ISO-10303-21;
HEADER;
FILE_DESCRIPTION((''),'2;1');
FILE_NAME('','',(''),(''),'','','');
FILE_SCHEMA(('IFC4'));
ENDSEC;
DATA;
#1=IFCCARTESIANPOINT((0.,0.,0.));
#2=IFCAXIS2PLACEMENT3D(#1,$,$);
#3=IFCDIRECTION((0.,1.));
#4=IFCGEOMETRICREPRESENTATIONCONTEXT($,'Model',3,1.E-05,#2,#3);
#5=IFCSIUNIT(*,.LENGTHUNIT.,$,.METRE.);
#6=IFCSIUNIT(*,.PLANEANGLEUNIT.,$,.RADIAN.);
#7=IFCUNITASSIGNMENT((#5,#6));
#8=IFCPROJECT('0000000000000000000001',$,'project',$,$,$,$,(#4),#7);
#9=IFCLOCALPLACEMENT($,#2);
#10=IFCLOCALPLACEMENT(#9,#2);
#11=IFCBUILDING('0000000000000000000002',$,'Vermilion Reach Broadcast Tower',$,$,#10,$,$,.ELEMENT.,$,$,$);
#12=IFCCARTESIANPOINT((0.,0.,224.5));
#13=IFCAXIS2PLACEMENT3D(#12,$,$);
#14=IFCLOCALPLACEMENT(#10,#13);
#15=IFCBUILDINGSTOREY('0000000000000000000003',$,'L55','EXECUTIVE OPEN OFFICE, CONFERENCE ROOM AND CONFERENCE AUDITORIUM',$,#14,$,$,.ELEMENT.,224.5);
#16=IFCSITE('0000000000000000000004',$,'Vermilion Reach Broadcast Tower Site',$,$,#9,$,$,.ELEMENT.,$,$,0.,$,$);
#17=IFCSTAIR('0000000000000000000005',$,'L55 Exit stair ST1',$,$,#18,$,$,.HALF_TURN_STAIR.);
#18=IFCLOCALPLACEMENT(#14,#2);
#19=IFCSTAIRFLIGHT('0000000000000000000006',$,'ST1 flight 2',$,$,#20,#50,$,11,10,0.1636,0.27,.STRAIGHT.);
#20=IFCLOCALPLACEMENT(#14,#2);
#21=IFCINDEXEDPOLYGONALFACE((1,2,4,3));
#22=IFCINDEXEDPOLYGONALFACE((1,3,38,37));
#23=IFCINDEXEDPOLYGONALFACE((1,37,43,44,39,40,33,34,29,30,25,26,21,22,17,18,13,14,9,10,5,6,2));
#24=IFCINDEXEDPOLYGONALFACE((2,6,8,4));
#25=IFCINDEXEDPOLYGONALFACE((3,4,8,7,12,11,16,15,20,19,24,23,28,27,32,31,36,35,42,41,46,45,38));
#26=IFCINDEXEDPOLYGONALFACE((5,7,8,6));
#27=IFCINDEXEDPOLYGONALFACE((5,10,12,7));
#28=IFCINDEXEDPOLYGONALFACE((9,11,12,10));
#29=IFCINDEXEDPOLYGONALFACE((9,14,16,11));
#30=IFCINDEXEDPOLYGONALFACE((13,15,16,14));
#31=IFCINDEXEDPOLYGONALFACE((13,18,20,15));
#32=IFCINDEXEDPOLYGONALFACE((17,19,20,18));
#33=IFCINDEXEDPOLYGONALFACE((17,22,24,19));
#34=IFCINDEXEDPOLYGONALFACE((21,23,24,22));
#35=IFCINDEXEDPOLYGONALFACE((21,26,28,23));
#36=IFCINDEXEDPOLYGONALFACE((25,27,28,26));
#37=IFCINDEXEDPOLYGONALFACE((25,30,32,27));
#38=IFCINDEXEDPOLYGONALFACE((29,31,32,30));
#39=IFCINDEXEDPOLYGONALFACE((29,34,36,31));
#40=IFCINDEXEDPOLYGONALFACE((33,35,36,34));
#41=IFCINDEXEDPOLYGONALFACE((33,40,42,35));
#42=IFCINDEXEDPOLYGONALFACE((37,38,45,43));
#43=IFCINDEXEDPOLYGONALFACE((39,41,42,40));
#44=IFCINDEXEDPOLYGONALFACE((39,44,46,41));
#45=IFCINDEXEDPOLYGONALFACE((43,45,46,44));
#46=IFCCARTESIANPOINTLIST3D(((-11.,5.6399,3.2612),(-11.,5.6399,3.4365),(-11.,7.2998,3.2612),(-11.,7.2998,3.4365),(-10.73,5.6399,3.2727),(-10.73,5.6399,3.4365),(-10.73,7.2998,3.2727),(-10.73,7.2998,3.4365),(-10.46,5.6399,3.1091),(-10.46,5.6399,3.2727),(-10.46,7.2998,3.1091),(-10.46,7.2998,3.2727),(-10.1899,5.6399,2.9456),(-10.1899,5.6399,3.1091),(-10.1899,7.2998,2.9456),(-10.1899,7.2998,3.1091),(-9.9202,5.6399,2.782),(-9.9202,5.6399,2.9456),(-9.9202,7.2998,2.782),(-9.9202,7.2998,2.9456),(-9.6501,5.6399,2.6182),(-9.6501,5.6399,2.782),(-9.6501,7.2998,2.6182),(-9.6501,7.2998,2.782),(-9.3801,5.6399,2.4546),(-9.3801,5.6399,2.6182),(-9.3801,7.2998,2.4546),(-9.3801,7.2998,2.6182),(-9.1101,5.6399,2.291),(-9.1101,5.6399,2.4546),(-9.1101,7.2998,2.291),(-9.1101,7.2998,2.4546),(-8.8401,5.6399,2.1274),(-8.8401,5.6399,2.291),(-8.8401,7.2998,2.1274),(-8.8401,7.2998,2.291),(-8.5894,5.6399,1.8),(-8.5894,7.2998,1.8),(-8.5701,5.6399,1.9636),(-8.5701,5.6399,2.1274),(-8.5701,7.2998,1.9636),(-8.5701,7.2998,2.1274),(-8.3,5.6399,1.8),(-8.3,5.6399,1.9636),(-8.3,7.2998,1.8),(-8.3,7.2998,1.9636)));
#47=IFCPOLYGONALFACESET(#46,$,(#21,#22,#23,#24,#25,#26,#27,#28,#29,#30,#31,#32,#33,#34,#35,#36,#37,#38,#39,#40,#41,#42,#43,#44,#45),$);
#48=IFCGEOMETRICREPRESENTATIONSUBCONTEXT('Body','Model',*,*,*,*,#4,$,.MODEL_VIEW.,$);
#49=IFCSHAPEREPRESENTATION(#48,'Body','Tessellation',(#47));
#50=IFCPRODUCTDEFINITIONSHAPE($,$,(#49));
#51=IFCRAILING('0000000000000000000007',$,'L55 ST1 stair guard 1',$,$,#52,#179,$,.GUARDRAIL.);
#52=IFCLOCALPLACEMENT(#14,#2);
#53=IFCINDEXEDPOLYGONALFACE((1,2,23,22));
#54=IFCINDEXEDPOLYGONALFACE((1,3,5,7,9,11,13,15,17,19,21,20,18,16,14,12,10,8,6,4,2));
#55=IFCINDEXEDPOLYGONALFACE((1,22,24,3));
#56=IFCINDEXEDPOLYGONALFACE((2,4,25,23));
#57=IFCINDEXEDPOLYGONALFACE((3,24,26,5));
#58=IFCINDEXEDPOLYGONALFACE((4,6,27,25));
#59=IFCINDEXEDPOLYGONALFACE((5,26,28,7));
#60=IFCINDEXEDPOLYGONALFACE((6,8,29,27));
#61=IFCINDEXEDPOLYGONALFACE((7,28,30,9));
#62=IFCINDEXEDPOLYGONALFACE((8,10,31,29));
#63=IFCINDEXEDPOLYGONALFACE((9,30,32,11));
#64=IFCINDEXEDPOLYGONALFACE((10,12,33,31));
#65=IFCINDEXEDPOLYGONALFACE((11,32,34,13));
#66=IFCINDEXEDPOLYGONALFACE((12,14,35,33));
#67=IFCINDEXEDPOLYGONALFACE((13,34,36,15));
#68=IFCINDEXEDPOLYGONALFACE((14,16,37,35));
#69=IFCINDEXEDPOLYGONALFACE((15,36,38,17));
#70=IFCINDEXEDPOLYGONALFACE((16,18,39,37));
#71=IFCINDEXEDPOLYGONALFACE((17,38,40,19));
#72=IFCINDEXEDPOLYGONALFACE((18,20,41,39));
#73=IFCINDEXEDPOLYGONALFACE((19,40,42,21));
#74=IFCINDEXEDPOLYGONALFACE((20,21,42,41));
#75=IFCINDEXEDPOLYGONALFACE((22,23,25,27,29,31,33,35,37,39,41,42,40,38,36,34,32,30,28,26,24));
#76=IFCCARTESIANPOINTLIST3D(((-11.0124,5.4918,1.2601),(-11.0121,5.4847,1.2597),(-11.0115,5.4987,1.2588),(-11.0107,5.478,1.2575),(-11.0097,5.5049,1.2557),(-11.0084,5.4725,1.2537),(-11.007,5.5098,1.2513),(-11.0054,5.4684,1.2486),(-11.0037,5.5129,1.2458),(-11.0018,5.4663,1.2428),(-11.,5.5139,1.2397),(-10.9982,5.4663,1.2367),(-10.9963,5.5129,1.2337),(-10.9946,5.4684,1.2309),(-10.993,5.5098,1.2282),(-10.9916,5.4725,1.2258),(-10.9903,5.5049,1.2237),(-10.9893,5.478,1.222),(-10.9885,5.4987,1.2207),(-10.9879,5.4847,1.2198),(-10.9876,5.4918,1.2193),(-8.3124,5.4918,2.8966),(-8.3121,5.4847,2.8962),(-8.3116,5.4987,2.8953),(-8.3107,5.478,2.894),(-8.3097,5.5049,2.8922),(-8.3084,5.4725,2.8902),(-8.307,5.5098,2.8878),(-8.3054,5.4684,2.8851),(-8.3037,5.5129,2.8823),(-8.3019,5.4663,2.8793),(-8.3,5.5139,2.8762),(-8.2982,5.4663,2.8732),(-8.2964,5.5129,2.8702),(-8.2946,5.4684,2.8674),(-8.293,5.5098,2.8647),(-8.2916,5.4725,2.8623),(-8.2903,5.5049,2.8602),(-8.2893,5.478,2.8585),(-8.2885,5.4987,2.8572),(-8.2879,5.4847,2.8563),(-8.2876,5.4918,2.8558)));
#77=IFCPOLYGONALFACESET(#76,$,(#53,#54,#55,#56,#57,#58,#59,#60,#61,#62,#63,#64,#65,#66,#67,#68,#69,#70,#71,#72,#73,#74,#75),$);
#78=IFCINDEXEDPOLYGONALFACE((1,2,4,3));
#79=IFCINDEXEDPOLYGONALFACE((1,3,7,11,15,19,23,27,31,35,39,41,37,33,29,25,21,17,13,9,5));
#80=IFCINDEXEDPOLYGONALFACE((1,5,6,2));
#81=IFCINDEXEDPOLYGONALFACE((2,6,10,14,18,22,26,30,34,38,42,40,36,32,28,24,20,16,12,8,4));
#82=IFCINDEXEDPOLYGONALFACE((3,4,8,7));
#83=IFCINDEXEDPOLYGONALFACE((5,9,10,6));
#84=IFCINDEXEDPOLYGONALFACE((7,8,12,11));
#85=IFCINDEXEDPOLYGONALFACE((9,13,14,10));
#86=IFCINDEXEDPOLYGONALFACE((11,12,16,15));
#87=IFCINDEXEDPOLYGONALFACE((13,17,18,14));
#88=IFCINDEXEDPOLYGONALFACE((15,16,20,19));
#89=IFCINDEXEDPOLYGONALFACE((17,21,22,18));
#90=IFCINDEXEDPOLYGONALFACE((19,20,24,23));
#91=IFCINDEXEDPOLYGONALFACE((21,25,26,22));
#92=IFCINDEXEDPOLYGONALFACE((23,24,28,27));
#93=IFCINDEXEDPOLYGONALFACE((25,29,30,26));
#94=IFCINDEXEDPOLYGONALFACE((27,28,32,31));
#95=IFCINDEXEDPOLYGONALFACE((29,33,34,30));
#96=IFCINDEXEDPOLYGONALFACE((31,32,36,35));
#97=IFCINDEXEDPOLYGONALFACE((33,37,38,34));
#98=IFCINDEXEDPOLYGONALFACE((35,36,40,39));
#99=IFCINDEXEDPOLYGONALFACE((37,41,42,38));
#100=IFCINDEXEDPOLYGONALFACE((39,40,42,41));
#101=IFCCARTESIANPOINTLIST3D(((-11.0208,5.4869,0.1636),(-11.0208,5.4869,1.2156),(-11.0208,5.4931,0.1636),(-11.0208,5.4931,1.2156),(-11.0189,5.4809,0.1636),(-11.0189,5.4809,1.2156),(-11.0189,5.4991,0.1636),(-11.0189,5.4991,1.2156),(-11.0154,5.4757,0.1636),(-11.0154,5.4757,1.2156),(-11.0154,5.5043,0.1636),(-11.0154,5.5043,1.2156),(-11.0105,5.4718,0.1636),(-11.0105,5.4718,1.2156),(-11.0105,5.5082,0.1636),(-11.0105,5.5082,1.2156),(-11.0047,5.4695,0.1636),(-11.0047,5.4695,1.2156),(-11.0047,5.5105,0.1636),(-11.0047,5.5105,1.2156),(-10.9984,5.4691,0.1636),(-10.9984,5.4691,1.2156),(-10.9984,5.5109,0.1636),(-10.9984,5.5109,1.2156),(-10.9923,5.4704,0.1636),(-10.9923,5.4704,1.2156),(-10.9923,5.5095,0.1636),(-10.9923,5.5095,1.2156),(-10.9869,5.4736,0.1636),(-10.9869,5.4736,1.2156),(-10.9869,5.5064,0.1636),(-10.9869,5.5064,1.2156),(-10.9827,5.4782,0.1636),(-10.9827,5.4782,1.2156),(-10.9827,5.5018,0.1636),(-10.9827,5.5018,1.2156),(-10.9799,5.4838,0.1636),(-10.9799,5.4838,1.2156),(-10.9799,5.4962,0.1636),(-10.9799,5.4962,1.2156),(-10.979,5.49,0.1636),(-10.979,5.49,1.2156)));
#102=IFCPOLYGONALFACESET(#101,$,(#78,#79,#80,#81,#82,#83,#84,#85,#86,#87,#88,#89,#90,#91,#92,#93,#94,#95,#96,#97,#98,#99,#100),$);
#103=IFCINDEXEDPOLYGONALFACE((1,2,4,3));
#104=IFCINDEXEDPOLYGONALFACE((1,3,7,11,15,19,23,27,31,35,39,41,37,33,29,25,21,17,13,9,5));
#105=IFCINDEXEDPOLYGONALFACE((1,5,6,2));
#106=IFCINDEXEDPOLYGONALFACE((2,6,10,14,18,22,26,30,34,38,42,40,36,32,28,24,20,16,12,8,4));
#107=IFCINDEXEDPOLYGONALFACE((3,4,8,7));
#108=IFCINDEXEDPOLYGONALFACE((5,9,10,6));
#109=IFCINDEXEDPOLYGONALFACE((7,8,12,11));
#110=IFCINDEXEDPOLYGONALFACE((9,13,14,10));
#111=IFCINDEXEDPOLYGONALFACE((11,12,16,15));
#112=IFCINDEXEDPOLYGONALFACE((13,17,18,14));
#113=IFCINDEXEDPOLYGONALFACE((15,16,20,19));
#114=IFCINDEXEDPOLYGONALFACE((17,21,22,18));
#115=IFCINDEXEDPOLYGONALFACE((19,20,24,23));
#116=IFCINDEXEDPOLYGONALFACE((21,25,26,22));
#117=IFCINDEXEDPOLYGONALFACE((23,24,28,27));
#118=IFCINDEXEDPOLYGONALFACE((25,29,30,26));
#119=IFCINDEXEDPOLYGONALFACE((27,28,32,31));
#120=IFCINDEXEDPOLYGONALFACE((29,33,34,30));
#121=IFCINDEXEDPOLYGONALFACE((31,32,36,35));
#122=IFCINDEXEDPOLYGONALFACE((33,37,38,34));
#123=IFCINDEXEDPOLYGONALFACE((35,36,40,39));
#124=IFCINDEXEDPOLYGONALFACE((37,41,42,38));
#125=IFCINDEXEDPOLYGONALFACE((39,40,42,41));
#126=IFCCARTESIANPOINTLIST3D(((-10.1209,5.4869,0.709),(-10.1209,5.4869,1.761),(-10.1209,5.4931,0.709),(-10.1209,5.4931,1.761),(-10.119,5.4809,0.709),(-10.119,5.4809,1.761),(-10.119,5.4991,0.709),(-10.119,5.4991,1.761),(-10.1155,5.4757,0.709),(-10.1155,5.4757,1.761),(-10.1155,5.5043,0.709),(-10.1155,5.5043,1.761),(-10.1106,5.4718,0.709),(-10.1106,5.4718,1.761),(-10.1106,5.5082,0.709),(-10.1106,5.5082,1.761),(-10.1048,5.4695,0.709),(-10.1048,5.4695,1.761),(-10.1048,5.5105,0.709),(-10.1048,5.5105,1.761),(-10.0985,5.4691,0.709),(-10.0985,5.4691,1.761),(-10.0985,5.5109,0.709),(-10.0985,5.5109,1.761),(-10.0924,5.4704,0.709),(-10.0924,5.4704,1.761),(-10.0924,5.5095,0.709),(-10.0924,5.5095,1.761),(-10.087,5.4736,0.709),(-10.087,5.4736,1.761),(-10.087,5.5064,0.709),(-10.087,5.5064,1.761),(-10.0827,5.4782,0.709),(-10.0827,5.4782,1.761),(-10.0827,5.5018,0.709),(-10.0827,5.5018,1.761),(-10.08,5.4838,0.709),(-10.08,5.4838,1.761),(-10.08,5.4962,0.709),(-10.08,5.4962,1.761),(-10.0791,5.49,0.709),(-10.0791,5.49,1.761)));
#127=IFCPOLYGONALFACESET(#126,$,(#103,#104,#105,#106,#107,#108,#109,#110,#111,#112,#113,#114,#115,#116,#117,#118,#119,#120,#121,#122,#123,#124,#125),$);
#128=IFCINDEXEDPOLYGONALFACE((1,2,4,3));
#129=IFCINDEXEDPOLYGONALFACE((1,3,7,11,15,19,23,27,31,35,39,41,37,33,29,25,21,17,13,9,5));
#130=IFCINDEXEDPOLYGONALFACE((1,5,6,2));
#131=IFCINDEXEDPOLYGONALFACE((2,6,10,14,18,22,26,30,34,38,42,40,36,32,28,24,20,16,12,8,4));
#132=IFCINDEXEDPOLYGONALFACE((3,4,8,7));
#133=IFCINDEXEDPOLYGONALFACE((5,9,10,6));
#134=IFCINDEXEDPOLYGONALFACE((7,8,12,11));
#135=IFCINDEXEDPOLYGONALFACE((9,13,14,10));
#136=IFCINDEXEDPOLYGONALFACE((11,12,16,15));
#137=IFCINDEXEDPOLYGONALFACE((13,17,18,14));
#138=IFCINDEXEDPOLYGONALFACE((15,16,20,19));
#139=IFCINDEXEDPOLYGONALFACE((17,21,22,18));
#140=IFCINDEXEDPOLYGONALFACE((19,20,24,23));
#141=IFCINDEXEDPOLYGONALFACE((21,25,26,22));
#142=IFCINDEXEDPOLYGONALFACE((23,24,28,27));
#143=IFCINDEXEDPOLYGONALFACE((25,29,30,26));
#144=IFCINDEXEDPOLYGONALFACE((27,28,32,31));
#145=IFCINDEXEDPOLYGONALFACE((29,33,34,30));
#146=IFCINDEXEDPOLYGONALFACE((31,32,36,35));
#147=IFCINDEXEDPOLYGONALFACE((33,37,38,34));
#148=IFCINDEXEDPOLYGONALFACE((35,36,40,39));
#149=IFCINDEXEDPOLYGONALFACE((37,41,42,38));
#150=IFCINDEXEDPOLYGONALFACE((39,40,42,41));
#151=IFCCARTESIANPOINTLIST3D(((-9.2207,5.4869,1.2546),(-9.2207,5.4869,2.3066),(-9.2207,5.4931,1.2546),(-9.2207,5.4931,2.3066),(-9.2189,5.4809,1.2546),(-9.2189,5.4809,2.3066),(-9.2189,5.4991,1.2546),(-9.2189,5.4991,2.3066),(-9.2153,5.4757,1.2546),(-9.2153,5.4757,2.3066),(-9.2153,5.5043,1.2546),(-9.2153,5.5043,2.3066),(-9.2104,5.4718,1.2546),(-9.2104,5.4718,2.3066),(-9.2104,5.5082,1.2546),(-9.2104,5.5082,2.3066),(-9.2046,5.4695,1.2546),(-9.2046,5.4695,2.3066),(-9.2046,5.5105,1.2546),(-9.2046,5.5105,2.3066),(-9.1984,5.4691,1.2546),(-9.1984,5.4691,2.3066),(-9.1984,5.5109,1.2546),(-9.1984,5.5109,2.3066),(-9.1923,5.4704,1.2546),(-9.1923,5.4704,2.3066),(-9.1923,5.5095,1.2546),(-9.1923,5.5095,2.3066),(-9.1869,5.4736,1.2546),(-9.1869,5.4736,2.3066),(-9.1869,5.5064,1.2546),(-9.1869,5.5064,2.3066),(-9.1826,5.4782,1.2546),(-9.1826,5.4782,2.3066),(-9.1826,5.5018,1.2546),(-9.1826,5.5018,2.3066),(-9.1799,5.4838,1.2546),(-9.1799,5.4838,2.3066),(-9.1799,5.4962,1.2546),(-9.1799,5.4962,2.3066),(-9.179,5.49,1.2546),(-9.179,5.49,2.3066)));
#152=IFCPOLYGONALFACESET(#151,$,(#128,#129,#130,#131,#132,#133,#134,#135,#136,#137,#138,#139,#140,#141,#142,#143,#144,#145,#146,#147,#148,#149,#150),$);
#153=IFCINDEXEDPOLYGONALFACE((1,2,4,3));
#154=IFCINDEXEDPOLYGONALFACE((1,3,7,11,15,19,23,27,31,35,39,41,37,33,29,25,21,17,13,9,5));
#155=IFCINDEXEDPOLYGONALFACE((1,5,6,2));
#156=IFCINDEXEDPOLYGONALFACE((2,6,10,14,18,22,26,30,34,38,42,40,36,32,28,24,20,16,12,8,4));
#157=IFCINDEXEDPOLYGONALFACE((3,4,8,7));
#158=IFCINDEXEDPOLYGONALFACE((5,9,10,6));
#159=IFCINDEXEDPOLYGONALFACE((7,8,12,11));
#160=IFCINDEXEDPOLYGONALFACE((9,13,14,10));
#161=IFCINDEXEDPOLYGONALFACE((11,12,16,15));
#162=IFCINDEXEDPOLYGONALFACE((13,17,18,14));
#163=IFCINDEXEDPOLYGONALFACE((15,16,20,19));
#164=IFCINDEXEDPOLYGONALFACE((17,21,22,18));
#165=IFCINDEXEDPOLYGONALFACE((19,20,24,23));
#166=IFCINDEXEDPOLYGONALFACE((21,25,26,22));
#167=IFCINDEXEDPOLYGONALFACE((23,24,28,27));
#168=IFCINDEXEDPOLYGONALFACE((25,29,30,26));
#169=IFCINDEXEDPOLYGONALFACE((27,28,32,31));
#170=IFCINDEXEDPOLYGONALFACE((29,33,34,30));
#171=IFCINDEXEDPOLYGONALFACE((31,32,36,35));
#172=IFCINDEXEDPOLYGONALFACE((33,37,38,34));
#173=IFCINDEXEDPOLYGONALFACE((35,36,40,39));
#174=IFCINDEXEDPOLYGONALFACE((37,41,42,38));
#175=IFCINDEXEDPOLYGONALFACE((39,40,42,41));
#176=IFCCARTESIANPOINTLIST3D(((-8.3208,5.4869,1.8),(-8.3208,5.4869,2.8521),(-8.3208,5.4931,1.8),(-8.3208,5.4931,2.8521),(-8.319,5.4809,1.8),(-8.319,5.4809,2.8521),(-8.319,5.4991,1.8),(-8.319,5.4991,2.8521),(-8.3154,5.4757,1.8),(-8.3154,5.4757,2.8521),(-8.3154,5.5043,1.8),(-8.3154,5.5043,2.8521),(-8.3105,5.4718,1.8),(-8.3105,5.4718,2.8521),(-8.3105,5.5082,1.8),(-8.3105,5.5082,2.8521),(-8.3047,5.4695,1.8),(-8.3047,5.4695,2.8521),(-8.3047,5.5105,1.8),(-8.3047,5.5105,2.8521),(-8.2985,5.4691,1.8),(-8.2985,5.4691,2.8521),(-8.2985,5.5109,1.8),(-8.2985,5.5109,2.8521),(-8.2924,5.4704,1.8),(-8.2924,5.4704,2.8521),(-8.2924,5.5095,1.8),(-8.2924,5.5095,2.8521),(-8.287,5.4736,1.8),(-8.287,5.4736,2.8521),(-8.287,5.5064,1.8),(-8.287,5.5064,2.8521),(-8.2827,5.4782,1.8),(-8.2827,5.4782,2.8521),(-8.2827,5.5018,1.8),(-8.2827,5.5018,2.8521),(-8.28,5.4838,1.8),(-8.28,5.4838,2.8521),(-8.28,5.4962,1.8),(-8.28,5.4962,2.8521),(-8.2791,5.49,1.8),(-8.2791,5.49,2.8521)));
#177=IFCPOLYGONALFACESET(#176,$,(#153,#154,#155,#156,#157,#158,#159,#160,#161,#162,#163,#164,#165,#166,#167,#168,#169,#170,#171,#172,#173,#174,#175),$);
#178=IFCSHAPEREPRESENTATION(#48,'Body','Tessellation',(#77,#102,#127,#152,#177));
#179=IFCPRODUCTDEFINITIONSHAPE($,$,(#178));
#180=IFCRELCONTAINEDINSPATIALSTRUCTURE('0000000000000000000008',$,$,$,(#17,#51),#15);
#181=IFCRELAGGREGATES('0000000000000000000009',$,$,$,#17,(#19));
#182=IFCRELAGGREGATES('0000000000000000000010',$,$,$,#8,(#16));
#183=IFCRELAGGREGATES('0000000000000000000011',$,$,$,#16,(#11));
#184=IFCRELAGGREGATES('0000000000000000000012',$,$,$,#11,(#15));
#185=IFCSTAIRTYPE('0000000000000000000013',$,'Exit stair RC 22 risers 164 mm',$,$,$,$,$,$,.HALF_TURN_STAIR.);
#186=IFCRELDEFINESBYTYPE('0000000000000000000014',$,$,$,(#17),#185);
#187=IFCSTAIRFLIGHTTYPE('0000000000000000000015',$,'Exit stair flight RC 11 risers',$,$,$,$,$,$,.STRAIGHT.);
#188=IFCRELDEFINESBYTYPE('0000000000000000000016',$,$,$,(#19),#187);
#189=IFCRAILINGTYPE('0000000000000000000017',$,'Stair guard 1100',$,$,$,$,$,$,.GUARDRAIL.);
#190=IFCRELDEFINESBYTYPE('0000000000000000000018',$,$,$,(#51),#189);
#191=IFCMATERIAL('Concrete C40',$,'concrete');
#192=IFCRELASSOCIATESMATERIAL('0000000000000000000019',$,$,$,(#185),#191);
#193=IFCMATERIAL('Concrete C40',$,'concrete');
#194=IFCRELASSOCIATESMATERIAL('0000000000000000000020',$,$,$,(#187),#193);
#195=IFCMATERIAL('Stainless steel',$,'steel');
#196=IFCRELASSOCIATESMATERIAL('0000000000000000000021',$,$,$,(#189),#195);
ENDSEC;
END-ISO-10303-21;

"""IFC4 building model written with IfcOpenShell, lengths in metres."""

from ifc_helpers import new_model, si_unit, direction, frame, origin, origin_2d, place, context, subcontext, project, spatial, polyline, circle, outline, extrude, material, type_object, element, aggregate, save


model = new_model("IFC4")

# Units and contexts
model_context = context("Model", 3, precision=1e-05, world=origin(), true_north=direction((0.0, 1.0)))
body_context = subcontext(model_context, "Body", "Model", "MODEL_VIEW")
ifc_project = project(units=[si_unit("LENGTHUNIT", "METRE"), si_unit("PLANEANGLEUNIT", "RADIAN")], contexts=[model_context])

# Site, building, storey
site_placement = place(None, origin())
site = spatial("IfcSite", under=ifc_project, at=site_placement, Name="Vermilion Reach Broadcast Tower Site", CompositionType="ELEMENT", RefElevation=0.0)
building_placement = place(site_placement, origin())
building = spatial("IfcBuilding", under=site, at=building_placement, Name="Vermilion Reach Broadcast Tower", CompositionType="ELEMENT")
storey_placement = place(building_placement, frame((0.0, 0.0, 224.5)))
storey = spatial("IfcBuildingStorey", under=building, at=storey_placement, Name="L55", Description="EXECUTIVE OPEN OFFICE, CONFERENCE ROOM AND CONFERENCE AUDITORIUM", CompositionType="ELEMENT", Elevation=224.5)

# Stair, stair flight
ifc_material_1 = material(Name="Concrete C40", Category="concrete")
stair_type = type_object("IfcStairType", Name="Exit stair RC 22 risers 164 mm", PredefinedType="HALF_TURN_STAIR", material=ifc_material_1)
stair_placement = place(storey_placement, origin())
stair = element("IfcStair", 1, at=stair_placement, inside=storey, type_object=stair_type, Name="L55 Exit stair ST1", PredefinedType="HALF_TURN_STAIR")
ifc_material_2 = material(Name="Concrete C40", Category="concrete")
stair_flight_type = type_object("IfcStairFlightType", Name="Exit stair flight RC 11 risers", PredefinedType="STRAIGHT", material=ifc_material_2)
stair_flight_1_placement = place(storey_placement, frame((-8.3, 6.47, 1.8), z_axis=(0.0, 0.0, 1.0), x_axis=(-1.0, 0.0, 0.0)))
stair_flight_1 = element("IfcStairFlight", 2, at=stair_flight_1_placement, type_object=stair_flight_type, Name="ST1 flight 2", NumberOfRisers=11, NumberOfTreads=10, PredefinedType="STRAIGHT", RiserHeight=0.1636, TreadLength=0.27, context=body_context, shape_type="SweptSolid", body=[
    extrude(outline(polyline([(0.0, 0.0), (0.0, 0.1636), (0.27, 0.1636), (0.27, 0.3274), (0.54, 0.3274), (0.54, 0.491), (0.8101, 0.491), (0.8101, 0.6545), (1.0801, 0.6545), (1.0801, 0.8181), (1.3501, 0.8181), (1.3501, 0.9819), (1.6201, 0.9819), (1.6201, 1.1455), (1.8899, 1.1455), (1.8899, 1.3091), (2.1599, 1.3091), (2.1599, 1.4727), (2.4299, 1.4727), (2.4299, 1.6365), (2.7, 1.6365), (2.7, 1.8), (2.7, 1.4612), (0.2893, 0.0), (0.0, 0.0)])), frame((0.0, 0.8301, 0.0), z_axis=(0.0, -1.0, 0.0), x_axis=(1.0, 0.0, 0.0)), (0.0, 0.0, 1.0), 1.6599),
])
aggregate(stair, [stair_flight_1])

# Railing
ifc_material_3 = material(Name="Stainless steel", Category="steel")
railing_type_1 = type_object("IfcRailingType", Name="Stair guard 1100", PredefinedType="GUARDRAIL", material=ifc_material_3)
railing_1_placement = place(storey_placement, frame((-11.0, 5.49, 0.1636)))
element("IfcRailing", 3, at=railing_1_placement, inside=storey, type_object=railing_type_1, Name="L55 ST1 stair guard 1", PredefinedType="GUARDRAIL", context=body_context, shape_type="SweptSolid", body=[
    extrude(circle(Radius=0.0239, at=origin_2d()), frame((0.0, 0.0, 1.0762), z_axis=(0.855178, 0.0, 0.518334), x_axis=(0.0, 1.0, 0.0)), (0.0, 0.0, 1.0), 3.1572),
    extrude(circle(Radius=0.021, at=origin_2d()), origin(), (0.0, 0.0, 1.0), 1.052),
    extrude(circle(Radius=0.021, at=origin_2d()), frame((0.8999, 0.0, 0.5454)), (0.0, 0.0, 1.0), 1.052),
    extrude(circle(Radius=0.021, at=origin_2d()), frame((1.8, 0.0, 1.0911)), (0.0, 0.0, 1.0), 1.052),
    extrude(circle(Radius=0.021, at=origin_2d()), frame((2.7, 0.0, 1.6365)), (0.0, 0.0, 1.0), 1.052),
])

save(model, "model.ifc")
